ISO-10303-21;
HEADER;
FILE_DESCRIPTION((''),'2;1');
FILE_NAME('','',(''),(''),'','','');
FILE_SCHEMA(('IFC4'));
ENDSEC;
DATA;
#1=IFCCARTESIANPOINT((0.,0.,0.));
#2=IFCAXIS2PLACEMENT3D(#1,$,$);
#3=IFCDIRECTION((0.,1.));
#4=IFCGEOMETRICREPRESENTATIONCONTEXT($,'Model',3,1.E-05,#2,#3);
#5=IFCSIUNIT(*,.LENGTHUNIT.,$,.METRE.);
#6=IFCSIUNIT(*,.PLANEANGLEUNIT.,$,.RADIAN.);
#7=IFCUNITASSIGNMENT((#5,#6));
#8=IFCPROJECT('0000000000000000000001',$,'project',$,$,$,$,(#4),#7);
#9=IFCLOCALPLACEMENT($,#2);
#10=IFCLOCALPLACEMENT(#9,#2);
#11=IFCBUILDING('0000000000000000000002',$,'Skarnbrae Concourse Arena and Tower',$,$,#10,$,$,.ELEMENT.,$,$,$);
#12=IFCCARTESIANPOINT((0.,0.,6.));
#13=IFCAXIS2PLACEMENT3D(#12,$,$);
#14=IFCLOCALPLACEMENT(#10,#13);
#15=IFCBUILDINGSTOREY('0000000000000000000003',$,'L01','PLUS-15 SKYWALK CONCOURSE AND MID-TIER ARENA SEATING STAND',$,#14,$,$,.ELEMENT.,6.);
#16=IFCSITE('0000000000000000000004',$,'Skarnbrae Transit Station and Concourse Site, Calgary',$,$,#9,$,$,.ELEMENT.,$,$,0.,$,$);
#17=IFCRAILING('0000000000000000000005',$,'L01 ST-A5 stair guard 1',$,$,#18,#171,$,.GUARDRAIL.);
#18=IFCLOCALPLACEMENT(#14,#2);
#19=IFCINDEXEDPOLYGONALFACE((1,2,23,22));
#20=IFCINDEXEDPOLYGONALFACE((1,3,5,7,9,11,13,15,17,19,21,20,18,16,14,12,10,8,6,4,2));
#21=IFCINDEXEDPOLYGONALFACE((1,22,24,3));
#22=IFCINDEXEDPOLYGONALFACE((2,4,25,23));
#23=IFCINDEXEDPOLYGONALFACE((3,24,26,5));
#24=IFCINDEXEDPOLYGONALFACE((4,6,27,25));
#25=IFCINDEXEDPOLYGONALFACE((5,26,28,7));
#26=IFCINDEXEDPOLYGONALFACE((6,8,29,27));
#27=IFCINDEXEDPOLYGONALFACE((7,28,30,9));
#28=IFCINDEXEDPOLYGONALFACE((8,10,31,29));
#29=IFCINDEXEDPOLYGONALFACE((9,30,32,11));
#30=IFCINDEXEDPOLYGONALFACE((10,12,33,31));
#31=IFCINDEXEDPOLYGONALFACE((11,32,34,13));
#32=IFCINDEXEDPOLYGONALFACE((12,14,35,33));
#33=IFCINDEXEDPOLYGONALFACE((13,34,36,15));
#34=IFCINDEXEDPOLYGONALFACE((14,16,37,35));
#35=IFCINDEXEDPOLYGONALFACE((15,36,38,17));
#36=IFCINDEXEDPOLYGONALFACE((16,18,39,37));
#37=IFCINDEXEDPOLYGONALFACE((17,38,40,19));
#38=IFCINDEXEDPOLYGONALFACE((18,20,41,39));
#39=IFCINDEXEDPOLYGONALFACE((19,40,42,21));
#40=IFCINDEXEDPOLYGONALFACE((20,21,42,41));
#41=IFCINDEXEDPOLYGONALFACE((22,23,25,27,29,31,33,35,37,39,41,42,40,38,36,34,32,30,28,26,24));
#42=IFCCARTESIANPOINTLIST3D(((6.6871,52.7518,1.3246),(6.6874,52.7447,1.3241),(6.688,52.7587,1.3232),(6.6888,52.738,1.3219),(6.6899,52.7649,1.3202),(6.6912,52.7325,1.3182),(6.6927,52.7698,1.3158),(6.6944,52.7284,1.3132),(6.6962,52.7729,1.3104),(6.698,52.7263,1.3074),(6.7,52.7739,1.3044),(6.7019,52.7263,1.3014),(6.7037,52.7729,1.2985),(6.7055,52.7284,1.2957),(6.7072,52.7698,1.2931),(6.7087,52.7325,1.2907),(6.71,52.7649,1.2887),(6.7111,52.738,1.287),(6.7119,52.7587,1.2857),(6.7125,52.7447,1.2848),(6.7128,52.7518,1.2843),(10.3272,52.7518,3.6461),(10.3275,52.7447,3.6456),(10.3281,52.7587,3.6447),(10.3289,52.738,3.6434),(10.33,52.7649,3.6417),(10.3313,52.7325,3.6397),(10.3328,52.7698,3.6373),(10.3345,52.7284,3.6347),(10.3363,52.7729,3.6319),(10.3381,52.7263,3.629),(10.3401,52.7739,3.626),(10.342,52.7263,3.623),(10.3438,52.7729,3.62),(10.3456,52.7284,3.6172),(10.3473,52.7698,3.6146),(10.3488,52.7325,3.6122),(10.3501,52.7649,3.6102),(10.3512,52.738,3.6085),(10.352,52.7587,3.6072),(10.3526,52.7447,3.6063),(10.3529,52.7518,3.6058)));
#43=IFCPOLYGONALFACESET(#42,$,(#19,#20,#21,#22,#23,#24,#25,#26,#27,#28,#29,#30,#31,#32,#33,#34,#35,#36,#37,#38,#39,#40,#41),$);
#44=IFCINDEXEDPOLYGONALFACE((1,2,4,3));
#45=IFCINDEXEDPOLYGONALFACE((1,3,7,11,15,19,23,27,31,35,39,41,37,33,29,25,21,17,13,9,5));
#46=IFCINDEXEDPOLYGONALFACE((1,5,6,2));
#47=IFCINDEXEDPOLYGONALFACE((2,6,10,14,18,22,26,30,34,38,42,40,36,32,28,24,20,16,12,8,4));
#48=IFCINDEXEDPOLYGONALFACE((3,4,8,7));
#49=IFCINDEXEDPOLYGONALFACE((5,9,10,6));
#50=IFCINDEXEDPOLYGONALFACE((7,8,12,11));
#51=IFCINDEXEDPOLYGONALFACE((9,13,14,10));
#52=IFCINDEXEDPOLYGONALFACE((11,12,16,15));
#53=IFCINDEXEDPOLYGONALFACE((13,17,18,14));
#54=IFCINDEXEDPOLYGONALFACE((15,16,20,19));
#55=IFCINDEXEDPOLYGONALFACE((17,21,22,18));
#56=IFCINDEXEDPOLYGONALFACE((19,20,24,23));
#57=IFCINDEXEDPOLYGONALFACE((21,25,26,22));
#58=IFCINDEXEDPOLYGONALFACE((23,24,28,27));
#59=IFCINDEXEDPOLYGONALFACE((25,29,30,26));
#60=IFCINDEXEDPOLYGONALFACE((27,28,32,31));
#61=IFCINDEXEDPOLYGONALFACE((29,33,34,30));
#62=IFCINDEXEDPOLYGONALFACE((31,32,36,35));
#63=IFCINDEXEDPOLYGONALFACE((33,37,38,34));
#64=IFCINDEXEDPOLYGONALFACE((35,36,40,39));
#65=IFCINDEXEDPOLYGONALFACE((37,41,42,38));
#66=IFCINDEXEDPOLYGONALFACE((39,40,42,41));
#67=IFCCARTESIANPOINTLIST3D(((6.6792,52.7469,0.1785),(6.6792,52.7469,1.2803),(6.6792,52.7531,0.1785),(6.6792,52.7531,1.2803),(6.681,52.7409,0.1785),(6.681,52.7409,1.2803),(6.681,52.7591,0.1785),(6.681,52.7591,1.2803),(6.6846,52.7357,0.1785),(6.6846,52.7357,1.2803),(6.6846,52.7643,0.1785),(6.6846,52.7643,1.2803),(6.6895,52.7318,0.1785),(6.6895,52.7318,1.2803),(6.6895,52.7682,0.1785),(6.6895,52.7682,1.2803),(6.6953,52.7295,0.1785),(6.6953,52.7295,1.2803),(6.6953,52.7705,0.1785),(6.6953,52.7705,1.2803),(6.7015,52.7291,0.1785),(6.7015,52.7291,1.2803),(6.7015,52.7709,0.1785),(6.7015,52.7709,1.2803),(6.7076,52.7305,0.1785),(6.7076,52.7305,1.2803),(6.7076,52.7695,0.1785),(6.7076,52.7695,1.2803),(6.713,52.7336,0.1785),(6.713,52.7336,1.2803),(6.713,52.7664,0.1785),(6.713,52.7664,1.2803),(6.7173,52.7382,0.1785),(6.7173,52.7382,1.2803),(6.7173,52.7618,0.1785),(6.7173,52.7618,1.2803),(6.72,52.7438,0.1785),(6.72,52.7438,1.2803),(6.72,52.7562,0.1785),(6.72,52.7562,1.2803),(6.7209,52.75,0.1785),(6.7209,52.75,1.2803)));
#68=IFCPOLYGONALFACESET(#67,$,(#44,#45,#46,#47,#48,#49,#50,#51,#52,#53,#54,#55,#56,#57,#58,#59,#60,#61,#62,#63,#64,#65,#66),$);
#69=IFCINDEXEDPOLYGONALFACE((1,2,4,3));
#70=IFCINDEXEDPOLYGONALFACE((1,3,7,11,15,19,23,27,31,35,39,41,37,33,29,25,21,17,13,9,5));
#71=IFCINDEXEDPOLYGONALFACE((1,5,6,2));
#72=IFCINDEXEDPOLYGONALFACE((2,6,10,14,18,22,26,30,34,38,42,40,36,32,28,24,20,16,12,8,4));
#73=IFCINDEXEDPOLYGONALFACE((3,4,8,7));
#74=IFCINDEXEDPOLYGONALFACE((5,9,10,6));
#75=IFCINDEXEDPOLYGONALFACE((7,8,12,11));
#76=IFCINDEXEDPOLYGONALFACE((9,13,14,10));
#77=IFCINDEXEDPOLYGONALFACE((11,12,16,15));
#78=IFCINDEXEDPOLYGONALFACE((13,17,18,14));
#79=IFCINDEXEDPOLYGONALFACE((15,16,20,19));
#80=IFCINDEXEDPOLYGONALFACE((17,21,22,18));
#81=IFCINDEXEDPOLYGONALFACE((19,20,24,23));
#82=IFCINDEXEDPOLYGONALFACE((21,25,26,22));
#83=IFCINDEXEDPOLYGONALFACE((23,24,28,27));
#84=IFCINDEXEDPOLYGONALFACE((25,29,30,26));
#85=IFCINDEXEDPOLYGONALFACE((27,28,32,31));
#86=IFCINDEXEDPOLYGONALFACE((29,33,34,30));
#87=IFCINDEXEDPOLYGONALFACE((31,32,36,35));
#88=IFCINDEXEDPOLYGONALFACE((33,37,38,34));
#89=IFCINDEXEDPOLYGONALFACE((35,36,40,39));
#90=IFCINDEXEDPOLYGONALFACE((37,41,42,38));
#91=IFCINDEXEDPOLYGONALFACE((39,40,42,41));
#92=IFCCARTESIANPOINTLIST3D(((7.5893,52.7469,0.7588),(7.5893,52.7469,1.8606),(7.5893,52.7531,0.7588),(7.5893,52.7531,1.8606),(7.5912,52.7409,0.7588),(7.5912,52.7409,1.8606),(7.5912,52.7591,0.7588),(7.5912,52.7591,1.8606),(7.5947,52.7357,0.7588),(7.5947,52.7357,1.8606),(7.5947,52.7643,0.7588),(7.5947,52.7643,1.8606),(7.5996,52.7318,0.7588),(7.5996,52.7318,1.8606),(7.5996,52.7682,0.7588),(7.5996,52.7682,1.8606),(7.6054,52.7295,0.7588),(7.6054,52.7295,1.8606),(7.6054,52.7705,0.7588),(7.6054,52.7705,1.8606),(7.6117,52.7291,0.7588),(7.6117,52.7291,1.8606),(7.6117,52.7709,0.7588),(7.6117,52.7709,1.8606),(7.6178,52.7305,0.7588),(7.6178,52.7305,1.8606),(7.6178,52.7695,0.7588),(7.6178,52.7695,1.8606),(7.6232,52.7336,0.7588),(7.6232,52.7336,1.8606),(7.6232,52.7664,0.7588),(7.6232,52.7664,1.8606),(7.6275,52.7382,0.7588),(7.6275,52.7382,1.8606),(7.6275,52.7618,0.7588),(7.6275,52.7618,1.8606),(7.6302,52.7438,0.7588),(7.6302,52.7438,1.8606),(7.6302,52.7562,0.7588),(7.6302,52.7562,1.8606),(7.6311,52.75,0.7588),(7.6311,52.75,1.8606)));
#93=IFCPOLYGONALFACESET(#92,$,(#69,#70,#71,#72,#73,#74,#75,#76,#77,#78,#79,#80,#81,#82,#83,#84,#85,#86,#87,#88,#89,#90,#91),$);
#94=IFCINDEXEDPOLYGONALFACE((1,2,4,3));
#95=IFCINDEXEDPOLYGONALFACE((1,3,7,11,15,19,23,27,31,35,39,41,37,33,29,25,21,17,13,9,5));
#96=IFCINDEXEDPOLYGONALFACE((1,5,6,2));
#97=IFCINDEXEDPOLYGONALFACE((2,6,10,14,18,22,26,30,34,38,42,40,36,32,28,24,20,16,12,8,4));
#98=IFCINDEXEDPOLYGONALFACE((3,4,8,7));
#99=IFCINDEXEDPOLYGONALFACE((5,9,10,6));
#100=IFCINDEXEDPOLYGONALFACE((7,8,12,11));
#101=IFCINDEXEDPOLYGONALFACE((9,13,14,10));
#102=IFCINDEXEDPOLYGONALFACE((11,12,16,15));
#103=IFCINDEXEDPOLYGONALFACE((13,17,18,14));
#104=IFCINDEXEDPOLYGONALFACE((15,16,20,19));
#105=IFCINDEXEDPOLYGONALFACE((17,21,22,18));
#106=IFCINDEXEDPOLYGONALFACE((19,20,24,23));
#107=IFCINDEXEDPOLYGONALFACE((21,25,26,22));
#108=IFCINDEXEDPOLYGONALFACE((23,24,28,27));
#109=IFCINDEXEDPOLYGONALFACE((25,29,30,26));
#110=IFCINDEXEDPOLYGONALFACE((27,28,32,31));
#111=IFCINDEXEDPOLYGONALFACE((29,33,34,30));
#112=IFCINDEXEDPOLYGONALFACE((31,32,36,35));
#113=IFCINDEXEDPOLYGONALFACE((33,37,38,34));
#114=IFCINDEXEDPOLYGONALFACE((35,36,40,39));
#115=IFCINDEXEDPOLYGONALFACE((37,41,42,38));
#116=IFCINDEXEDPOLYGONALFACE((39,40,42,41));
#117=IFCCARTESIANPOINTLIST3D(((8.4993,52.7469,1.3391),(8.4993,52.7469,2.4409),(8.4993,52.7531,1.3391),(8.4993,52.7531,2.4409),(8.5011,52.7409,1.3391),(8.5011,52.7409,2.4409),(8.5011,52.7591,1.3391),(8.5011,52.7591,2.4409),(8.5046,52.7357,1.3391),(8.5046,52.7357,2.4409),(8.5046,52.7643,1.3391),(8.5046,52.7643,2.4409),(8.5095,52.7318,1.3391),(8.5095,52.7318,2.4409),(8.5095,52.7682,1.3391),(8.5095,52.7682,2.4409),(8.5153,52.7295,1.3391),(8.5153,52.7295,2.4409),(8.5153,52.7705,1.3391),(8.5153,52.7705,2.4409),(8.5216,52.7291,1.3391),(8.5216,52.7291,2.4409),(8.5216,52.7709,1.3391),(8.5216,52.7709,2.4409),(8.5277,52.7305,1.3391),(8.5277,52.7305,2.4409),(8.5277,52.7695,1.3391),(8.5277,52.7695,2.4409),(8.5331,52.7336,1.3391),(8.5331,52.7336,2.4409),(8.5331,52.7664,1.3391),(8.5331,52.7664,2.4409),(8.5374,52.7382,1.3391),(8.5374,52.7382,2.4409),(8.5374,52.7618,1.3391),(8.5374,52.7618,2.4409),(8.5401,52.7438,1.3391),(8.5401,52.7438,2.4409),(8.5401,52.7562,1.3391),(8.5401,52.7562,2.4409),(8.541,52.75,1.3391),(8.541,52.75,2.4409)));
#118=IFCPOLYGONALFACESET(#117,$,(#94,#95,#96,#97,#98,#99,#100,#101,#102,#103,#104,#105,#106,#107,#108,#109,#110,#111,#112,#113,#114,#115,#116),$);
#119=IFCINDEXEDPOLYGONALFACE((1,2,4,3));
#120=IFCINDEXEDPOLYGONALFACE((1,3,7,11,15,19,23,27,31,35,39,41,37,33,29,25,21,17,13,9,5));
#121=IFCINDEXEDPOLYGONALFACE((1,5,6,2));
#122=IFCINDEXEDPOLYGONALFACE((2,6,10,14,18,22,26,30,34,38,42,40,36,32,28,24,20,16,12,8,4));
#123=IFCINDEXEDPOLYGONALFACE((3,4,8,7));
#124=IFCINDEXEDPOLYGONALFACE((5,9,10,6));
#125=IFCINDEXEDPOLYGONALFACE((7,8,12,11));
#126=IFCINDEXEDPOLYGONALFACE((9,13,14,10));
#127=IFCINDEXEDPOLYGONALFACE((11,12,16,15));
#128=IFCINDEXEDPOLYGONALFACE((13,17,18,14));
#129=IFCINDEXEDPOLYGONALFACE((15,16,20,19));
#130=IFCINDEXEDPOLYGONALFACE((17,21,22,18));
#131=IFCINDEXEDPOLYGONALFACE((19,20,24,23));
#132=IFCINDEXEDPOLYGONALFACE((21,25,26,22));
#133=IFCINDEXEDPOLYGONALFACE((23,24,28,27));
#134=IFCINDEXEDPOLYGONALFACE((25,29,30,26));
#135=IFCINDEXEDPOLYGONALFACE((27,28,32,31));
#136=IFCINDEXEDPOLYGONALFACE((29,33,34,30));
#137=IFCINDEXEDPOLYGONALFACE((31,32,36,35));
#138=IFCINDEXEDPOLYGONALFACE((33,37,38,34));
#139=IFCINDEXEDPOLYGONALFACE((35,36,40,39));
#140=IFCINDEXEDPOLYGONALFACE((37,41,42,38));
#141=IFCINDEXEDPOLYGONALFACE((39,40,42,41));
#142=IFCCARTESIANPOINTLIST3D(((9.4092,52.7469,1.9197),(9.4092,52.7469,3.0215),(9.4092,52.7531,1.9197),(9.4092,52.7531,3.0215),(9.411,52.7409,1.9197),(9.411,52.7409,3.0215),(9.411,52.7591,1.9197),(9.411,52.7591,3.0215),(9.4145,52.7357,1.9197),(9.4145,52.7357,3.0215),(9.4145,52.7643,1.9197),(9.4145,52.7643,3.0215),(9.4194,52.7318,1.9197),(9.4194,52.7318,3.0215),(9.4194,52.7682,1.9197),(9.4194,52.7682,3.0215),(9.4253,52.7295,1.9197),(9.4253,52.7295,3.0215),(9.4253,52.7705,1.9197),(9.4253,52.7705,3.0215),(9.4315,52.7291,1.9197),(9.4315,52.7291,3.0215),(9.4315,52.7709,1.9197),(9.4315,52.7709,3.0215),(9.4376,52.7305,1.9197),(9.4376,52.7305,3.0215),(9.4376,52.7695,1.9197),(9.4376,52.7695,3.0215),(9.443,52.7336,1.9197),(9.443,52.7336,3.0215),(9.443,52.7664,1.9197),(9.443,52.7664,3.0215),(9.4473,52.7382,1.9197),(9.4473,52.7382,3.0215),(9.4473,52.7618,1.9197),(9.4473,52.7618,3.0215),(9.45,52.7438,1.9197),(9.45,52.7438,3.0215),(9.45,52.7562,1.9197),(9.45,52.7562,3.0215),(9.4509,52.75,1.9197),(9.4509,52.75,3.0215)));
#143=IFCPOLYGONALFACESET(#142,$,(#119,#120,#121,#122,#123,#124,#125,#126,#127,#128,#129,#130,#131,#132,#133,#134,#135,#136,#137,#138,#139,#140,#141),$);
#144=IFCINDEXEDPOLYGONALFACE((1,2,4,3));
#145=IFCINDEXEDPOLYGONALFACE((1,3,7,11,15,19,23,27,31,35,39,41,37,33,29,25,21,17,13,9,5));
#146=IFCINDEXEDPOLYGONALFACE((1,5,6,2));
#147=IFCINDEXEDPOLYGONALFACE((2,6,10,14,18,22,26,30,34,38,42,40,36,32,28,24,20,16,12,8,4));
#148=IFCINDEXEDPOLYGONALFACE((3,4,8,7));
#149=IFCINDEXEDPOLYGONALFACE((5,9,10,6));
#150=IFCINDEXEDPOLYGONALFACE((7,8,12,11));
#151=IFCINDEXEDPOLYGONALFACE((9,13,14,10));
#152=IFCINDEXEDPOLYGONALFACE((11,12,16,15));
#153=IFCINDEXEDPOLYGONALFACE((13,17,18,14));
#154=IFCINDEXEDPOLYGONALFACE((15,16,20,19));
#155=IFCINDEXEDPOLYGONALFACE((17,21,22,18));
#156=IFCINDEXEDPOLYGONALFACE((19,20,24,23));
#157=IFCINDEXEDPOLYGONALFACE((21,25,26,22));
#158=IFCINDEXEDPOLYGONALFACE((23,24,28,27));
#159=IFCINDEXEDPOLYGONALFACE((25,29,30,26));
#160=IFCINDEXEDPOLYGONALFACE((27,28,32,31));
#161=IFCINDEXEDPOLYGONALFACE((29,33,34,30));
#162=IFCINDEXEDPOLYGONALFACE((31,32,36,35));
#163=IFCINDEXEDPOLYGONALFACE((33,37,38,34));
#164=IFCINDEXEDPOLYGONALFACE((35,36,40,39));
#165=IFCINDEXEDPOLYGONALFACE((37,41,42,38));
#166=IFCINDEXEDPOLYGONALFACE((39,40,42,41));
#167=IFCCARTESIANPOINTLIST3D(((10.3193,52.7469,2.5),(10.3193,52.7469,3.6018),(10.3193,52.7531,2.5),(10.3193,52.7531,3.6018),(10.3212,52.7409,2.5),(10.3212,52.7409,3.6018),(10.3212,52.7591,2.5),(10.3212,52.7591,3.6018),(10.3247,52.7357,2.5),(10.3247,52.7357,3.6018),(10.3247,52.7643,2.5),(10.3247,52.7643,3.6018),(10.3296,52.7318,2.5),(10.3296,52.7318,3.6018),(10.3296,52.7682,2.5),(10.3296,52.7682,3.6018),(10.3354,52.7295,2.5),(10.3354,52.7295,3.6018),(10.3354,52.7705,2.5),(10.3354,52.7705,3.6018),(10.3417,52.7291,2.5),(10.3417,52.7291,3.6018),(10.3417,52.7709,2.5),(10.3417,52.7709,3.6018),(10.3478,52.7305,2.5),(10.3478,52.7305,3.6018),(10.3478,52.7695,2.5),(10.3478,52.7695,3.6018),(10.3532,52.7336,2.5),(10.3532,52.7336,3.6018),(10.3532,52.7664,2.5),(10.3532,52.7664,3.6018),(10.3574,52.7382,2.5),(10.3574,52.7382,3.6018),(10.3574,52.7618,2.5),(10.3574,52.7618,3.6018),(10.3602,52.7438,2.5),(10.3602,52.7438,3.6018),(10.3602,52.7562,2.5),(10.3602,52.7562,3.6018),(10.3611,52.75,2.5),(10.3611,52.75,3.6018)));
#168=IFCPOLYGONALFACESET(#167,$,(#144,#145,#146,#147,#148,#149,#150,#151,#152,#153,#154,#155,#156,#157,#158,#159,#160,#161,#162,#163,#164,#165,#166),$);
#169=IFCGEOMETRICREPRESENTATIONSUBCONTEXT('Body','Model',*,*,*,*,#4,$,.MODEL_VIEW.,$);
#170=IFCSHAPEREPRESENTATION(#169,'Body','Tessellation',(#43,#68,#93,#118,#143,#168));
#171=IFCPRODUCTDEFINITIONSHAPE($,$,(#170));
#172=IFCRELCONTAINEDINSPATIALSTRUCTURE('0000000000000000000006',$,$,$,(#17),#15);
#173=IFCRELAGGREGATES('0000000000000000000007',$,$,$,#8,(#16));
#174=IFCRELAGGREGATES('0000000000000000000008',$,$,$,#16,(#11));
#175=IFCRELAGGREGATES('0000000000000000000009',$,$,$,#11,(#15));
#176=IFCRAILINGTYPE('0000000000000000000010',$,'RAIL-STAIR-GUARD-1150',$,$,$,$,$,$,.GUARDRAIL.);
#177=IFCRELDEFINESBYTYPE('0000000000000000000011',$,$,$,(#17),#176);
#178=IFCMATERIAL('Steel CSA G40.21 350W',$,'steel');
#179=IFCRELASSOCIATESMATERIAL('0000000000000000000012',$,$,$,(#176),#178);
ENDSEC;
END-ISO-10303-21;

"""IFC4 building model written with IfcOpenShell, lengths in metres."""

from ifc_helpers import new_model, si_unit, direction, frame, origin, origin_2d, place, context, subcontext, project, spatial, circle, extrude, material, type_object, element, save


model = new_model("IFC4")

# Units and contexts
model_context = context("Model", 3, precision=1e-05, world=origin(), true_north=direction((0.0, 1.0)))
body_context = subcontext(model_context, "Body", "Model", "MODEL_VIEW")
ifc_project = project(units=[si_unit("LENGTHUNIT", "METRE"), si_unit("PLANEANGLEUNIT", "RADIAN")], contexts=[model_context])

# Site, building, storey
site_placement = place(None, origin())
site = spatial("IfcSite", under=ifc_project, at=site_placement, Name="Skarnbrae Transit Station and Concourse Site, Calgary", CompositionType="ELEMENT", RefElevation=0.0)
building_placement = place(site_placement, origin())
building = spatial("IfcBuilding", under=site, at=building_placement, Name="Skarnbrae Concourse Arena and Tower", CompositionType="ELEMENT")
storey_placement = place(building_placement, frame((0.0, 0.0, 6.0)))
storey = spatial("IfcBuildingStorey", under=building, at=storey_placement, Name="L01", Description="PLUS-15 SKYWALK CONCOURSE AND MID-TIER ARENA SEATING STAND", CompositionType="ELEMENT", Elevation=6.0)

# Shared definitions
ifc_material_1 = material(Name="Steel CSA G40.21 350W", Category="steel")

# Railing
railing_type_1 = type_object("IfcRailingType", Name="RAIL-STAIR-GUARD-1150", PredefinedType="GUARDRAIL", material=ifc_material_1)
railing_1_placement = place(storey_placement, frame((6.7, 52.75, 0.1785)))
element("IfcRailing", 1, at=railing_1_placement, inside=storey, type_object=railing_type_1, Name="L01 ST-A5 stair guard 1", PredefinedType="GUARDRAIL", context=body_context, shape_type="SweptSolid", body=[
    extrude(circle(Radius=0.0239, at=origin_2d()), frame((0.0, 0.0, 1.126), z_axis=(0.843128, 0.0, 0.537713), x_axis=(0.0, 1.0, 0.0)), (0.0, 0.0, 1.0), 4.3174),
    extrude(circle(Radius=0.021, at=origin_2d()), origin(), (0.0, 0.0, 1.0), 1.1018),
    extrude(circle(Radius=0.021, at=origin_2d()), frame((0.9102, 0.0, 0.5803)), (0.0, 0.0, 1.0), 1.1018),
    extrude(circle(Radius=0.021, at=origin_2d()), frame((1.8201, 0.0, 1.1606)), (0.0, 0.0, 1.0), 1.1018),
    extrude(circle(Radius=0.021, at=origin_2d()), frame((2.73, 0.0, 1.7412)), (0.0, 0.0, 1.0), 1.1018),
    extrude(circle(Radius=0.021, at=origin_2d()), frame((3.6401, 0.0, 2.3215)), (0.0, 0.0, 1.0), 1.1018),
])

save(model, "model.ifc")
